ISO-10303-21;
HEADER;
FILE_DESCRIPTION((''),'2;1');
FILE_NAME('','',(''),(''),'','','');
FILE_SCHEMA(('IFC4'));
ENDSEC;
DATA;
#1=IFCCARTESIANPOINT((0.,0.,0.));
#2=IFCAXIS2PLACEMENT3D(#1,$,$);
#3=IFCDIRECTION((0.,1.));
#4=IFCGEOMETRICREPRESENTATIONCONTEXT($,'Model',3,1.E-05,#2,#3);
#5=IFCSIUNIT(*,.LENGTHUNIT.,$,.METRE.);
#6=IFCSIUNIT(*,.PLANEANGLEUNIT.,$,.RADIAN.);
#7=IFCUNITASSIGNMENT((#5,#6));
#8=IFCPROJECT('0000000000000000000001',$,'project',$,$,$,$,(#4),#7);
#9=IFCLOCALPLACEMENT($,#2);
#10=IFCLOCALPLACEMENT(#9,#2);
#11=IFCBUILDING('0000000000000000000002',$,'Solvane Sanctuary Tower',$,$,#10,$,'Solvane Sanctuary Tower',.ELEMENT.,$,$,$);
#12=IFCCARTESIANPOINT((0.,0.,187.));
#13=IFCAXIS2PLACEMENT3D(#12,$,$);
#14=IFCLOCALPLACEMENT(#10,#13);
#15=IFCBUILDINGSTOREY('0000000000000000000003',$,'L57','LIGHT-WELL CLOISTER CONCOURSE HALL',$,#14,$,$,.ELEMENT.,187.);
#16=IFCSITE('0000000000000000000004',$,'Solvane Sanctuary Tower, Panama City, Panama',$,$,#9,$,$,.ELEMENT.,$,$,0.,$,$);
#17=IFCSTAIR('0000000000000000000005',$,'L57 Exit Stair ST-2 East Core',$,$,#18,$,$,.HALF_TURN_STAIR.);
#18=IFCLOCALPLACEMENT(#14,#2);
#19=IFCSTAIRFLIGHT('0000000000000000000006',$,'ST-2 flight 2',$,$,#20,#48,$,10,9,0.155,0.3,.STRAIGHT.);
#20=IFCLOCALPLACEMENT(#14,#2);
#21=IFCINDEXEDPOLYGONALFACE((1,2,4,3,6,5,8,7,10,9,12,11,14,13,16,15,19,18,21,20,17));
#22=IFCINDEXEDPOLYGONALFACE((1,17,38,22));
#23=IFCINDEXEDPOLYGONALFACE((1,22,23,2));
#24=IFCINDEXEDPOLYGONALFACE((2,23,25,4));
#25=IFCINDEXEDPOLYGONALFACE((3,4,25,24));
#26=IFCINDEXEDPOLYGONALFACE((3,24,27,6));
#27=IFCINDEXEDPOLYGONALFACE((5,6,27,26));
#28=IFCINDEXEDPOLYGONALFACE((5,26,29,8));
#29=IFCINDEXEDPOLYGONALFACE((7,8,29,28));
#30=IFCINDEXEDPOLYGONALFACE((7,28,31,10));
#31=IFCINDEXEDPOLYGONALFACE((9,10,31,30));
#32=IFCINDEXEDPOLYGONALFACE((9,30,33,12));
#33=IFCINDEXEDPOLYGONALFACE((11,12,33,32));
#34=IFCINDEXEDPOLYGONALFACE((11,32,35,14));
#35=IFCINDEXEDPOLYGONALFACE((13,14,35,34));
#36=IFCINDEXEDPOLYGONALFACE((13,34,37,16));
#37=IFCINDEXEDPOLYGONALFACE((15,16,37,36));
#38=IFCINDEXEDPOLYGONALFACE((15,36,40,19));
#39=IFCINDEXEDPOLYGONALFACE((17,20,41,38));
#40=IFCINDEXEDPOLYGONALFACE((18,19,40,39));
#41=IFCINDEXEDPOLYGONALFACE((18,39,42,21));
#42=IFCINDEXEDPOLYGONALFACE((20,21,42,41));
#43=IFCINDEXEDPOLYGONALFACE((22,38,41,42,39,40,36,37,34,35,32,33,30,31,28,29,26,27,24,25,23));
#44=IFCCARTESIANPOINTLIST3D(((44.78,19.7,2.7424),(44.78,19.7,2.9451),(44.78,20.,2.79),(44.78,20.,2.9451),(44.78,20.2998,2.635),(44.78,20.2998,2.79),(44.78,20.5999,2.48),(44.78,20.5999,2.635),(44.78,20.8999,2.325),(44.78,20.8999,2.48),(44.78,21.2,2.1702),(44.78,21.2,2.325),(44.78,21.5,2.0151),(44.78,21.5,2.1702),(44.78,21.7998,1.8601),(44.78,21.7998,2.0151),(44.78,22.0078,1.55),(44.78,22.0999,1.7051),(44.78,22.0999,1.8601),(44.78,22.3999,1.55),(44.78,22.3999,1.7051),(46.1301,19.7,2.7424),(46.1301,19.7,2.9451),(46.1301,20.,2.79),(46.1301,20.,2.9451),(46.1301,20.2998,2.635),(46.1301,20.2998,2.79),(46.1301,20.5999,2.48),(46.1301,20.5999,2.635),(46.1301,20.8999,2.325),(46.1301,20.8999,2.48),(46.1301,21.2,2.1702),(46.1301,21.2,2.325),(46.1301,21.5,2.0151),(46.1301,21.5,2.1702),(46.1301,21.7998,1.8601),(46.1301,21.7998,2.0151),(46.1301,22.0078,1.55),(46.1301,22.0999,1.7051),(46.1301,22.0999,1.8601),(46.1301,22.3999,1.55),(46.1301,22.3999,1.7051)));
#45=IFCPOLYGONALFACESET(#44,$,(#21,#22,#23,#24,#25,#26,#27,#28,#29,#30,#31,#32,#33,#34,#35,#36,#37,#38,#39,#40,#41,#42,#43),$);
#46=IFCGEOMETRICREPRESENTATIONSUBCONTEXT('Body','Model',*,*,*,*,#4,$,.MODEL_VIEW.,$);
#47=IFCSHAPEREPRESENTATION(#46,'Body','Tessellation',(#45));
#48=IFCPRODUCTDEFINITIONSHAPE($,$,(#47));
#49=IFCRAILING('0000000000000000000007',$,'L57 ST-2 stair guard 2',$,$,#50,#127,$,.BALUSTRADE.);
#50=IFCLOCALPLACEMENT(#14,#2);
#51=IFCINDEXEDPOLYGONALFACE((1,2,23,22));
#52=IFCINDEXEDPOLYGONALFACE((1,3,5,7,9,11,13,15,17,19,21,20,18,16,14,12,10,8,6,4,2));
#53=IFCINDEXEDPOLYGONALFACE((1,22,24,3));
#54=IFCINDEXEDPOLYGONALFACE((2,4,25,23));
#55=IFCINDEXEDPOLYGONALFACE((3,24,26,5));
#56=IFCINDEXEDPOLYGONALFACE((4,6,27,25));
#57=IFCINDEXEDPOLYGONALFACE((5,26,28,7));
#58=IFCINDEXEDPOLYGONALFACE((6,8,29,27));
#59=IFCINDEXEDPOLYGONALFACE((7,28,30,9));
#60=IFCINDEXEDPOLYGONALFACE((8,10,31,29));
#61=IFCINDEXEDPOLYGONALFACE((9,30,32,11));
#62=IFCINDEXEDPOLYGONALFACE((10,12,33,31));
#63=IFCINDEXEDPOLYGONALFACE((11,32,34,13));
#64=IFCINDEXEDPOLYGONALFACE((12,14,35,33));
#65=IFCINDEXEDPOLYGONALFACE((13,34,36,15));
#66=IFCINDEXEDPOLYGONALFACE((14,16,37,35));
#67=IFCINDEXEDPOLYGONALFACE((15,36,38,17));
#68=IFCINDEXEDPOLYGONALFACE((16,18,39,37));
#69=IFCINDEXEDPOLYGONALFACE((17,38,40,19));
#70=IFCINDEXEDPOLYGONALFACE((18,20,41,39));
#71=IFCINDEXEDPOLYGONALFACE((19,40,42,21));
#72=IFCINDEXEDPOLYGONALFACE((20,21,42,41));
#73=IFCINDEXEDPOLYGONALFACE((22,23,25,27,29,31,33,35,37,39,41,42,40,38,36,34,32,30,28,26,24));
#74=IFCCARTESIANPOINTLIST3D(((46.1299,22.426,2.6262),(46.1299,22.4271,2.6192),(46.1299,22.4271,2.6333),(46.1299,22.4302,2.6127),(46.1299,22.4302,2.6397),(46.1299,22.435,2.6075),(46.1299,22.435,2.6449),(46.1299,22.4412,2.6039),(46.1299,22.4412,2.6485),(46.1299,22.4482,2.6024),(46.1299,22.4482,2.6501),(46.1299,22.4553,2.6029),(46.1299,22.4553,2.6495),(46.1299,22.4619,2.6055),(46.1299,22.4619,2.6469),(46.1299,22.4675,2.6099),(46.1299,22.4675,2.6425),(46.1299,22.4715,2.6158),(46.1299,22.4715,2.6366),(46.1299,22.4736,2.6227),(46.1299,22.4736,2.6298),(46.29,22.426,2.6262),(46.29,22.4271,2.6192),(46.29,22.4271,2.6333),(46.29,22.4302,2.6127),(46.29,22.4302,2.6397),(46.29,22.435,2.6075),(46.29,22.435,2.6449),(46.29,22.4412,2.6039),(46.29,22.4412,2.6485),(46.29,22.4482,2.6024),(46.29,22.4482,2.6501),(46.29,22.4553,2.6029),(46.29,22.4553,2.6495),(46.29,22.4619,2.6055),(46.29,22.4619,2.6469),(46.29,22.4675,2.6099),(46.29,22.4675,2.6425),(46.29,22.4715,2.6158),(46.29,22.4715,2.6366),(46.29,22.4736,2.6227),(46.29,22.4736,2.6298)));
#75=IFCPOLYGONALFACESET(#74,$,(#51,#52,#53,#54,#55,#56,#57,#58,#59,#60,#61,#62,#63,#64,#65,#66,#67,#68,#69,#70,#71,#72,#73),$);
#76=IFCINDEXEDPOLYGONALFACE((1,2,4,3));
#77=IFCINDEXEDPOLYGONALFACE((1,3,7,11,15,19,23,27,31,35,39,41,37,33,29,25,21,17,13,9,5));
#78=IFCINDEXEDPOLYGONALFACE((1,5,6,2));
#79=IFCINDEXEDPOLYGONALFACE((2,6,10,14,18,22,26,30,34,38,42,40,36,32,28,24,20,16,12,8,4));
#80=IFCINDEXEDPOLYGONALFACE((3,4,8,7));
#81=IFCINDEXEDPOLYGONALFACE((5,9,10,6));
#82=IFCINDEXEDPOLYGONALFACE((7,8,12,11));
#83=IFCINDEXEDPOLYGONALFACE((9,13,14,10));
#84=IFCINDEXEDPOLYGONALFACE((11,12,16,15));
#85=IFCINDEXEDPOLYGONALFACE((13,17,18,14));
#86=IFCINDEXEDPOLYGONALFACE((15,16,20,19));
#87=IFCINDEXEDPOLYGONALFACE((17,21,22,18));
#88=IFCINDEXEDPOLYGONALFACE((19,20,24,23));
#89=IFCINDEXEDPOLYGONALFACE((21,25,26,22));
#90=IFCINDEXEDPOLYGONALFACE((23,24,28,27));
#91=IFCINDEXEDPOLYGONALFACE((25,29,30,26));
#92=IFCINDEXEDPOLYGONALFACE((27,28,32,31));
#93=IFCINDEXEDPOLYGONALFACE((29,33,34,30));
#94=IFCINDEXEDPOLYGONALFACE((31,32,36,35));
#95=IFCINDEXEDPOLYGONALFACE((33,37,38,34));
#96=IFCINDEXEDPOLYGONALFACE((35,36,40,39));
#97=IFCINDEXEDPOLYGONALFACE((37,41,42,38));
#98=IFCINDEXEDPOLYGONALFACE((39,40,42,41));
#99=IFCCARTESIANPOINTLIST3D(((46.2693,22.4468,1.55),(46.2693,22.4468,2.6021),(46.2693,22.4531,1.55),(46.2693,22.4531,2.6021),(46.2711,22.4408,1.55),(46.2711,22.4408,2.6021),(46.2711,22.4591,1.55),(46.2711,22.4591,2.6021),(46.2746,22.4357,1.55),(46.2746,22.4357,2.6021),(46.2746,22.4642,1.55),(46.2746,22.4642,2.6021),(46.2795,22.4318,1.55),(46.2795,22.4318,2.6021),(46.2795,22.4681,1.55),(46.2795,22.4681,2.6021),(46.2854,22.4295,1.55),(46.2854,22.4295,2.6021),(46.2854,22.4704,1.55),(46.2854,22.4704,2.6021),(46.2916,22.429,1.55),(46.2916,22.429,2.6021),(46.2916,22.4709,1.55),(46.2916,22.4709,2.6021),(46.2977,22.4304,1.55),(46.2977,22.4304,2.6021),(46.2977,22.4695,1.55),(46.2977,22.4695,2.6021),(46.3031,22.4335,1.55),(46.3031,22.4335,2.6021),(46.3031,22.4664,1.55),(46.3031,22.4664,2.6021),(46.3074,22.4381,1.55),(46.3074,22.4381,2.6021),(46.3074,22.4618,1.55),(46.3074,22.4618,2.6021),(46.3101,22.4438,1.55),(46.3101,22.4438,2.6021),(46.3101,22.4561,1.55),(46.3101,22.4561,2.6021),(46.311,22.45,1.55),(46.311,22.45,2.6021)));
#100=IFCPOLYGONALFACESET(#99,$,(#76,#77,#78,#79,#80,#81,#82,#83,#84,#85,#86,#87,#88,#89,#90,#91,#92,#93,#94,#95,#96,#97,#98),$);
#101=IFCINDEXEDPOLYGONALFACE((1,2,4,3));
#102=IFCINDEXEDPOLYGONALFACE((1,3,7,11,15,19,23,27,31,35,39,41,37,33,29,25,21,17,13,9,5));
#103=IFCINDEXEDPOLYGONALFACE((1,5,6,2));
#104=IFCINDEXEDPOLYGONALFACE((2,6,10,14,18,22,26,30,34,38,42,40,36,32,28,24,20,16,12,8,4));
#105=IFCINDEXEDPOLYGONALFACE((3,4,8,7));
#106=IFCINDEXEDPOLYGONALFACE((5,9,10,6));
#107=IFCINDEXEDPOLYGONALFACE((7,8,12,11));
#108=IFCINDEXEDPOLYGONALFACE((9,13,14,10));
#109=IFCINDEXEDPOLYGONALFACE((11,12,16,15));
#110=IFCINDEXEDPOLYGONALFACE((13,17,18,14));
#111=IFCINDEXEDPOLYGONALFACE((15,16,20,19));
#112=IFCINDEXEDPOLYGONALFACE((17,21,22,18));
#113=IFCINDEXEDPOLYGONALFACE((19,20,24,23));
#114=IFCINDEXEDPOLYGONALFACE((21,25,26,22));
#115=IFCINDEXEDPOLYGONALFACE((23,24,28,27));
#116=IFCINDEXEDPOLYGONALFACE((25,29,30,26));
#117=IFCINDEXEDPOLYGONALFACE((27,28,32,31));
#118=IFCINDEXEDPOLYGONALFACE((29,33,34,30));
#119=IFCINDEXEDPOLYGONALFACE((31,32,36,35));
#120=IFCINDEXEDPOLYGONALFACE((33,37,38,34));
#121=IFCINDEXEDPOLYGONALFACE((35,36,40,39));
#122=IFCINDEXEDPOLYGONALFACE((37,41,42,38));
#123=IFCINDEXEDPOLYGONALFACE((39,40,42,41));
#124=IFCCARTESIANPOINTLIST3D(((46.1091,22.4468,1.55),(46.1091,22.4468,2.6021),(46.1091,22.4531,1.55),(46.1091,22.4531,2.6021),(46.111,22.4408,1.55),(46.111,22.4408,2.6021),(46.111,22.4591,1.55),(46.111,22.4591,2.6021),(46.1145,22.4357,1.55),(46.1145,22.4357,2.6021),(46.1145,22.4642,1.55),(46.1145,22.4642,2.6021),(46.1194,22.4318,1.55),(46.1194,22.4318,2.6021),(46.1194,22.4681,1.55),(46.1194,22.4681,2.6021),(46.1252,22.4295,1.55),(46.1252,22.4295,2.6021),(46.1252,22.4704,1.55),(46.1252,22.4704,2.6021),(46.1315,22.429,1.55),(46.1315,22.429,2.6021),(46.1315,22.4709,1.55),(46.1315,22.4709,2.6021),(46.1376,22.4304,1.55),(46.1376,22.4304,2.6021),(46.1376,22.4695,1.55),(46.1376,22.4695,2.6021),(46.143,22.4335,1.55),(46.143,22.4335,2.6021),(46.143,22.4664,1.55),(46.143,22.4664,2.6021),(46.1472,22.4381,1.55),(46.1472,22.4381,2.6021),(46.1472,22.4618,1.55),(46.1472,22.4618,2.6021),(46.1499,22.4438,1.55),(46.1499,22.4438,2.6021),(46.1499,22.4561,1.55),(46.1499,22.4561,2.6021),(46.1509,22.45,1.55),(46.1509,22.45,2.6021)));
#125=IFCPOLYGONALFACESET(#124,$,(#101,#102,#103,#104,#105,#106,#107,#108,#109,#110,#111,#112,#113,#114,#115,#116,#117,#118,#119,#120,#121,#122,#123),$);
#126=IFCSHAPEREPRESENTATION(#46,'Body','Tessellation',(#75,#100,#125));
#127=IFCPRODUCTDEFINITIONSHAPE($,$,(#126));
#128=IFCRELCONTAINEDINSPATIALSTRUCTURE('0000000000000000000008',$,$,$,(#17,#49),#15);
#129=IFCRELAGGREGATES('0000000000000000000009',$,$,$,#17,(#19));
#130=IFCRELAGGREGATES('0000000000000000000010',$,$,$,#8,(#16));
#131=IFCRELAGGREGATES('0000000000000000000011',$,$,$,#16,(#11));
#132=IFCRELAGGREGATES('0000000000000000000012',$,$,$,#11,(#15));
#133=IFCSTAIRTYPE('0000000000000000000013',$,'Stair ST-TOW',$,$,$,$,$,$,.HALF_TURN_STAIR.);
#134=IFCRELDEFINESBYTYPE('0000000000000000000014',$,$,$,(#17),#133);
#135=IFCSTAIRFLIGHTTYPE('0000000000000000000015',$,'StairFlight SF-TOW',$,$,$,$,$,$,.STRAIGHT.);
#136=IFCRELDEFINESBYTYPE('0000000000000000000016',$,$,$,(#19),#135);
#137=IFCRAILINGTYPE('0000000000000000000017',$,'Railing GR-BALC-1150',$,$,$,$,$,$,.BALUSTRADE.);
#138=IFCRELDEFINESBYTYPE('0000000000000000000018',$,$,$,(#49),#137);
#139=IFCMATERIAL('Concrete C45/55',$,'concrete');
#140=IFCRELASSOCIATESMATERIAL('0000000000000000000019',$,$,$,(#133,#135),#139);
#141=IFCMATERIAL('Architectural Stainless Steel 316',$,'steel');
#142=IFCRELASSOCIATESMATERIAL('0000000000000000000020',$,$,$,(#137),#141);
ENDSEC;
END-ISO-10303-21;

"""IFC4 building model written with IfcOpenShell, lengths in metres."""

from ifc_helpers import new_model, si_unit, direction, frame, origin, origin_2d, place, context, subcontext, project, spatial, polyline, circle, outline, extrude, material, type_object, element, aggregate, save


model = new_model("IFC4")

# Units and contexts
model_context = context("Model", 3, precision=1e-05, world=origin(), true_north=direction((0.0, 1.0)))
body_context = subcontext(model_context, "Body", "Model", "MODEL_VIEW")
ifc_project = project(units=[si_unit("LENGTHUNIT", "METRE"), si_unit("PLANEANGLEUNIT", "RADIAN")], contexts=[model_context])

# Site, building, storey
site_placement = place(None, origin())
site = spatial("IfcSite", under=ifc_project, at=site_placement, Name="Solvane Sanctuary Tower, Panama City, Panama", CompositionType="ELEMENT", RefElevation=0.0)
building_placement = place(site_placement, origin())
building = spatial("IfcBuilding", under=site, at=building_placement, Name="Solvane Sanctuary Tower", LongName="Solvane Sanctuary Tower", CompositionType="ELEMENT")
storey_placement = place(building_placement, frame((0.0, 0.0, 187.0)))
storey = spatial("IfcBuildingStorey", under=building, at=storey_placement, Name="L57", Description="LIGHT-WELL CLOISTER CONCOURSE HALL", CompositionType="ELEMENT", Elevation=187.0)

# Shared definitions
ifc_material_1 = material(Name="Architectural Stainless Steel 316", Category="steel")

# Stair, stair flight
ifc_material_2 = material(Name="Concrete C45/55", Category="concrete")
stair_type = type_object("IfcStairType", Name="Stair ST-TOW", PredefinedType="HALF_TURN_STAIR", material=ifc_material_2)
stair_placement = place(storey_placement, origin())
stair = element("IfcStair", 1, at=stair_placement, inside=storey, type_object=stair_type, Name="L57 Exit Stair ST-2 East Core", PredefinedType="HALF_TURN_STAIR")
stair_flight_type = type_object("IfcStairFlightType", Name="StairFlight SF-TOW", PredefinedType="STRAIGHT", material=ifc_material_2)
stair_flight_placement = place(storey_placement, frame((45.4551, 22.3999, 1.55), z_axis=(0.0, 0.0, 1.0), x_axis=(0.0, -1.0, 0.0)))
stair_flight = element("IfcStairFlight", 2, at=stair_flight_placement, type_object=stair_flight_type, Name="ST-2 flight 2", NumberOfRisers=10, NumberOfTreads=9, PredefinedType="STRAIGHT", RiserHeight=0.155, TreadLength=0.3, context=body_context, shape_type="SweptSolid", body=[
    extrude(outline(polyline([(0.0, 0.0), (0.0, 0.155), (0.3, 0.155), (0.3, 0.3101), (0.6001, 0.3101), (0.6001, 0.4651), (0.8999, 0.4651), (0.8999, 0.6201), (1.2, 0.6201), (1.2, 0.7749), (1.5, 0.7749), (1.5, 0.9299), (1.8, 0.9299), (1.8, 1.085), (2.1001, 1.085), (2.1001, 1.24), (2.3999, 1.24), (2.3999, 1.395), (2.7, 1.395), (2.7, 1.55), (2.7, 1.1924), (0.3921, 0.0), (0.0, 0.0)])), frame((0.0, 0.675, 0.0), z_axis=(0.0, -1.0, 0.0), x_axis=(1.0, 0.0, 0.0)), (0.0, 0.0, 1.0), 1.3501),
])
aggregate(stair, [stair_flight])

# Railing
railing_type_1 = type_object("IfcRailingType", Name="Railing GR-BALC-1150", PredefinedType="BALUSTRADE", material=ifc_material_1)
railing_1_placement = place(storey_placement, frame((46.29, 22.45, 1.55)))
element("IfcRailing", 3, at=railing_1_placement, inside=storey, type_object=railing_type_1, Name="L57 ST-2 stair guard 2", PredefinedType="BALUSTRADE", context=body_context, shape_type="SweptSolid", body=[
    extrude(circle(Radius=0.0239, at=origin_2d()), frame((0.0, 0.0, 1.0762), z_axis=(-1.0, 0.0, 0.0), x_axis=(0.0, -1.0, 0.0)), (0.0, 0.0, 1.0), 0.1602),
    extrude(circle(Radius=0.021, at=origin_2d()), origin(), (0.0, 0.0, 1.0), 1.052),
    extrude(circle(Radius=0.021, at=origin_2d()), frame((-0.1602, 0.0, 0.0)), (0.0, 0.0, 1.0), 1.052),
])

save(model, "model.ifc")
